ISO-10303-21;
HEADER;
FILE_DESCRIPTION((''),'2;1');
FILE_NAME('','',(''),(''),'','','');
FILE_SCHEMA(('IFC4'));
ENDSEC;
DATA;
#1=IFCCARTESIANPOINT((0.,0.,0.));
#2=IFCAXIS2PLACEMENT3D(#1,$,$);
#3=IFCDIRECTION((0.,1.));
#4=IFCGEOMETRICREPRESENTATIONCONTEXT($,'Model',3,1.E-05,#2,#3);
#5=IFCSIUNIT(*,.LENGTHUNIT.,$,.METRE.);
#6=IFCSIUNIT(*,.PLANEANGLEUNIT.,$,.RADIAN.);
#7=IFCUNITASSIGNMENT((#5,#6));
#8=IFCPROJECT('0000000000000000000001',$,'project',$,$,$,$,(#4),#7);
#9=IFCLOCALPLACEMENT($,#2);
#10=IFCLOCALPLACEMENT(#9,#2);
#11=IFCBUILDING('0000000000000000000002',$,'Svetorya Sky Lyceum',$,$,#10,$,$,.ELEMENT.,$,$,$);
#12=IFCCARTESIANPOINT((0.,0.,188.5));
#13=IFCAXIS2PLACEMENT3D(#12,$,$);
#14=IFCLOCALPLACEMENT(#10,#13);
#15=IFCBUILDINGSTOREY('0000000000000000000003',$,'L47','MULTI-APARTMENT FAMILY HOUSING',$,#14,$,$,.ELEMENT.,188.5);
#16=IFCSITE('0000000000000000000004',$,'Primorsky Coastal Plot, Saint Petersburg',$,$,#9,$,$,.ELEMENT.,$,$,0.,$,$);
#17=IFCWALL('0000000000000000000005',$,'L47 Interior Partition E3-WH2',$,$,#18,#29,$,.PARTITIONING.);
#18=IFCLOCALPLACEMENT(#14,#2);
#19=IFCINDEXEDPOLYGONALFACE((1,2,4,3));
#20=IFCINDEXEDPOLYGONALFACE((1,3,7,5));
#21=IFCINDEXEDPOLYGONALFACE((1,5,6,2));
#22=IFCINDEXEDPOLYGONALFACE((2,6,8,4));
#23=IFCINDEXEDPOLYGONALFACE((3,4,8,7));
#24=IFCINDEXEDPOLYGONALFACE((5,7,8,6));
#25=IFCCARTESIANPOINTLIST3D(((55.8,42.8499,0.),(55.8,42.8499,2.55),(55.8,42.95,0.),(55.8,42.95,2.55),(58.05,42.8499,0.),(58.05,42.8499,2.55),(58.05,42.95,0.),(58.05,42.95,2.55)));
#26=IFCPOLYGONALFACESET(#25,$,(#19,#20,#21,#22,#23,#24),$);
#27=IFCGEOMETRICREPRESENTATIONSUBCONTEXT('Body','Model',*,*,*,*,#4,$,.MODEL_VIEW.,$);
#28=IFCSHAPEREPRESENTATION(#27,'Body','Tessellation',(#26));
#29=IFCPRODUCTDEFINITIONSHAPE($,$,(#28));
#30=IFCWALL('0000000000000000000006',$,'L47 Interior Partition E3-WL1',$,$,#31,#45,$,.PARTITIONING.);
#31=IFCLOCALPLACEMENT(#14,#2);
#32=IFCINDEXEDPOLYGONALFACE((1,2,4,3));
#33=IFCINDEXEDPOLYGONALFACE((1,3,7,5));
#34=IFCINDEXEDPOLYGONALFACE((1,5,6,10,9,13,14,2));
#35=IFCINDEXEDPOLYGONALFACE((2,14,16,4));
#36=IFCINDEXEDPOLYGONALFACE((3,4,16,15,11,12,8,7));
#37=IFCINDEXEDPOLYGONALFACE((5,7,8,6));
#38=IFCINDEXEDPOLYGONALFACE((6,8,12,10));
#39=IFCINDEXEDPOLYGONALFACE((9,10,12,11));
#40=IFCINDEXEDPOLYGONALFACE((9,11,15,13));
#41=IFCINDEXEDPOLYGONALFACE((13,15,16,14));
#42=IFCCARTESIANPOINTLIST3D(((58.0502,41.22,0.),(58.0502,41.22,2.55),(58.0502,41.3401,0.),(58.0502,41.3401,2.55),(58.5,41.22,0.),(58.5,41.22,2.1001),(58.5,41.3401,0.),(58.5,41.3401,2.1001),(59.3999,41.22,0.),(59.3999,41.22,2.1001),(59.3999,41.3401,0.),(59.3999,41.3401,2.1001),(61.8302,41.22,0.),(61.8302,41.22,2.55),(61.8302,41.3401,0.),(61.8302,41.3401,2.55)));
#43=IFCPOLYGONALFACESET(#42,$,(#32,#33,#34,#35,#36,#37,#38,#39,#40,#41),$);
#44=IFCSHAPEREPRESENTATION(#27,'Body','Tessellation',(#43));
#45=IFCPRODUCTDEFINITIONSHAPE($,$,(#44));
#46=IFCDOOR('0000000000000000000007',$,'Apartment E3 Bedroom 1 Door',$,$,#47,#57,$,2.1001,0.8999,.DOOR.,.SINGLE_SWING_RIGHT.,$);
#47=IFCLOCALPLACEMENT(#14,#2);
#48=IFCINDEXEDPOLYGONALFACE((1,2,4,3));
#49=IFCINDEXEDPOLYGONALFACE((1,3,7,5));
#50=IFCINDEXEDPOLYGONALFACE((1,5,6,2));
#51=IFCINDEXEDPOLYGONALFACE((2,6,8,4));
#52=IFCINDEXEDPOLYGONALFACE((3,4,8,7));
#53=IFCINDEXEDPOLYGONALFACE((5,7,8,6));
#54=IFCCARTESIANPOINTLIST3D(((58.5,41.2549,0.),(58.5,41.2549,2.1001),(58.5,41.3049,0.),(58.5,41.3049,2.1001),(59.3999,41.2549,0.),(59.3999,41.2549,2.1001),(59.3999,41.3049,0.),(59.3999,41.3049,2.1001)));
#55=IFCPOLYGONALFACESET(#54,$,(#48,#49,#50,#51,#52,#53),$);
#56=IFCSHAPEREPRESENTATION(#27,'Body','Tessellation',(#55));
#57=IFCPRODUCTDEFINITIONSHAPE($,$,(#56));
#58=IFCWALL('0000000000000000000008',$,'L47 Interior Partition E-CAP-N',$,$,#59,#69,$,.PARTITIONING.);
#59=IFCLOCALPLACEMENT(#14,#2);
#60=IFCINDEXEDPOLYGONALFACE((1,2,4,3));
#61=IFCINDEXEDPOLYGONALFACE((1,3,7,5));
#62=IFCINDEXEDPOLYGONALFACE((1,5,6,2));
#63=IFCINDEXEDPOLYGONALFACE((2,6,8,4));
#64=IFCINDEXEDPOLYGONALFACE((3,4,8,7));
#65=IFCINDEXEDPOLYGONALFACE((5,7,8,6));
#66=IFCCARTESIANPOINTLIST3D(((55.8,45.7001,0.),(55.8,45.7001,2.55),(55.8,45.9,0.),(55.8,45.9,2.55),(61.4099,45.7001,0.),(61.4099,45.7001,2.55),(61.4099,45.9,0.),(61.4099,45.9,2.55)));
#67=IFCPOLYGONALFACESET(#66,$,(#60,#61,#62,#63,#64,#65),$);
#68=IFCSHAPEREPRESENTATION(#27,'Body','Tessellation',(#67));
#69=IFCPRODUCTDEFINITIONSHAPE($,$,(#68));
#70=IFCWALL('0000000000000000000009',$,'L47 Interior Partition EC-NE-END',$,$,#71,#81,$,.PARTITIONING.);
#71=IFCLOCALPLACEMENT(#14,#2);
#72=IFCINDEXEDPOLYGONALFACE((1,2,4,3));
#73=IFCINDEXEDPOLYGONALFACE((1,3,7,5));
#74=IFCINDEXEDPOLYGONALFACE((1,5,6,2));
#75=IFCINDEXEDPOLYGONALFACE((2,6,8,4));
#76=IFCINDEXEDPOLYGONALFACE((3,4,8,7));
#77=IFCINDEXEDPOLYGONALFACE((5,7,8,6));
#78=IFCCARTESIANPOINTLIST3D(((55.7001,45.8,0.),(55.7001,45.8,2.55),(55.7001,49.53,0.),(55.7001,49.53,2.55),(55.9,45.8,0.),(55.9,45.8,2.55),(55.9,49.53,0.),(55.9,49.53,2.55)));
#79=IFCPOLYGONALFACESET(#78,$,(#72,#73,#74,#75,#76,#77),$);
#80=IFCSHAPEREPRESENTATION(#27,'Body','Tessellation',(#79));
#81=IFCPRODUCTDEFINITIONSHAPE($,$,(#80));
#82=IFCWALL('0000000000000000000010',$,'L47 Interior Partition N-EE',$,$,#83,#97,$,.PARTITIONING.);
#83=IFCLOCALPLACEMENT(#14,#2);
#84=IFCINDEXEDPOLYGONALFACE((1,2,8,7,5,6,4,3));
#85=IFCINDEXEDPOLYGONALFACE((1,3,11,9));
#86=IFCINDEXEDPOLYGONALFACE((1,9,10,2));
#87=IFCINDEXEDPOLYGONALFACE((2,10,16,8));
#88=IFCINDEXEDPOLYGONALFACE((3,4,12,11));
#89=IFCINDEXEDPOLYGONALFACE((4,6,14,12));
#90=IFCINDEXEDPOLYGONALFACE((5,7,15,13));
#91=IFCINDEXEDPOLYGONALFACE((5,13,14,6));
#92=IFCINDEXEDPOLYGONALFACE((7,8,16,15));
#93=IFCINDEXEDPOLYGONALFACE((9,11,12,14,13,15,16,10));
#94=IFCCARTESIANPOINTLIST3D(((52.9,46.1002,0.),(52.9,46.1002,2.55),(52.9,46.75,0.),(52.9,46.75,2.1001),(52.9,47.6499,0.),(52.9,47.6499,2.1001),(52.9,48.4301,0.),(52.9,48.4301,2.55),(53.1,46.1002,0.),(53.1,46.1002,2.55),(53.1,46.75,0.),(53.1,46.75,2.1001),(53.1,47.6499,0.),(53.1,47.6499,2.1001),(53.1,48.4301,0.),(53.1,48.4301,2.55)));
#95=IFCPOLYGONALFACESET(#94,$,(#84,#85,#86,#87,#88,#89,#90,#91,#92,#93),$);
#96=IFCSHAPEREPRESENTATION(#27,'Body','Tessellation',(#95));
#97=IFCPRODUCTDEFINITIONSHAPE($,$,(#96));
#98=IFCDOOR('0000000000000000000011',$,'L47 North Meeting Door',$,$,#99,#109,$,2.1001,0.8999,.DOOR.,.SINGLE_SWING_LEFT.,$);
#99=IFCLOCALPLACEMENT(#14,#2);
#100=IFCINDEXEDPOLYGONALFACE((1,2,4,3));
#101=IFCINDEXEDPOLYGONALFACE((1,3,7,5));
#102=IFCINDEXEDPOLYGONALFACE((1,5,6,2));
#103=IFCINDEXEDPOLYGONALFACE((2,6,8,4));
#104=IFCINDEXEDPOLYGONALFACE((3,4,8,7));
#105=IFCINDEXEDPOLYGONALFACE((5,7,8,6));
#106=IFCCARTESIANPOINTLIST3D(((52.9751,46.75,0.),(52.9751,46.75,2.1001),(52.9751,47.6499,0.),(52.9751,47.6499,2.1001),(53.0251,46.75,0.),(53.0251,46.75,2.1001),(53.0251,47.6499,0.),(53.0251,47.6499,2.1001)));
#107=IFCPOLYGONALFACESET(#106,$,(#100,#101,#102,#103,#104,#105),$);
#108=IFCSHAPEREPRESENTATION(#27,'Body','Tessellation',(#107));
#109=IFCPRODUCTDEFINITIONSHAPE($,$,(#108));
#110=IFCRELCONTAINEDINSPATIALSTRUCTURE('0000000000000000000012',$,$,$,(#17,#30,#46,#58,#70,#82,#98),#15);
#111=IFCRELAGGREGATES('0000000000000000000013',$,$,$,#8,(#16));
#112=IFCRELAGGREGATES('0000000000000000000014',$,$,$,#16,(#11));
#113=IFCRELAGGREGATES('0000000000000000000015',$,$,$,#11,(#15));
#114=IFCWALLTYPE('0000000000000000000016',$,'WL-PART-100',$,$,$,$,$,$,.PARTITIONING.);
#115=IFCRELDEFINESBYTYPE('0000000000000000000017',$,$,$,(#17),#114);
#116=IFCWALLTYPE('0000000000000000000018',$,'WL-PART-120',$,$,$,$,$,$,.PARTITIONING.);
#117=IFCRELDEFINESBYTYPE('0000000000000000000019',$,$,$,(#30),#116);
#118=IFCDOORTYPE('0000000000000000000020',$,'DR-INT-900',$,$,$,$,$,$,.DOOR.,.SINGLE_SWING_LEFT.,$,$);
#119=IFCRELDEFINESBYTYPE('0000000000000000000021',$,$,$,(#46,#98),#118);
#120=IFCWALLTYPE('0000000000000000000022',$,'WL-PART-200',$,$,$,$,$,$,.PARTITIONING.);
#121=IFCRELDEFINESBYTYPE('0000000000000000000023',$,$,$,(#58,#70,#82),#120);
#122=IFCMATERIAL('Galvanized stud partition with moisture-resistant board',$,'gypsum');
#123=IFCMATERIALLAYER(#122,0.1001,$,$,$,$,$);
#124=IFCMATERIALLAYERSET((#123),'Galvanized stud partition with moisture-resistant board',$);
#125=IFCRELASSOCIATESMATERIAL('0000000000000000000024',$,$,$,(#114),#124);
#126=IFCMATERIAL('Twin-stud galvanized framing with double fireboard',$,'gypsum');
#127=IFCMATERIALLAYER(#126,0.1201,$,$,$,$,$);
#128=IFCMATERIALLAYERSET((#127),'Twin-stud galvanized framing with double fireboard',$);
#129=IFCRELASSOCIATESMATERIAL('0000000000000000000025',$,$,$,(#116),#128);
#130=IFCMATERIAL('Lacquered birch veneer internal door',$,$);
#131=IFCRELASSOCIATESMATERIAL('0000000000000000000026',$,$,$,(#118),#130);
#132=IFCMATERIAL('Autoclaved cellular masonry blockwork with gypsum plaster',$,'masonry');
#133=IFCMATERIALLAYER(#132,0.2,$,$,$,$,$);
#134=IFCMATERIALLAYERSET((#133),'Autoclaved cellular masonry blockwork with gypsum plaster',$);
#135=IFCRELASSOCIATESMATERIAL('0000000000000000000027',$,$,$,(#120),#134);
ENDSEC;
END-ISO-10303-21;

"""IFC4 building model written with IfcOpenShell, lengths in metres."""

from ifc_helpers import new_model, si_unit, direction, frame, frame_2d, origin, place, context, subcontext, project, spatial, rectangle, extrude, material, layer, layer_set, type_object, element, fill, save


model = new_model("IFC4")

# Units and contexts
model_context = context("Model", 3, precision=1e-05, world=origin(), true_north=direction((0.0, 1.0)))
body_context = subcontext(model_context, "Body", "Model", "MODEL_VIEW")
ifc_project = project(units=[si_unit("LENGTHUNIT", "METRE"), si_unit("PLANEANGLEUNIT", "RADIAN")], contexts=[model_context])

# Site, building, storey
site_placement = place(None, origin())
site = spatial("IfcSite", under=ifc_project, at=site_placement, Name="Primorsky Coastal Plot, Saint Petersburg", CompositionType="ELEMENT", RefElevation=0.0)
building_placement = place(site_placement, origin())
building = spatial("IfcBuilding", under=site, at=building_placement, Name="Svetorya Sky Lyceum", CompositionType="ELEMENT")
storey_placement = place(building_placement, frame((0.0, 0.0, 188.5)))
storey = spatial("IfcBuildingStorey", under=building, at=storey_placement, Name="L47", Description="MULTI-APARTMENT FAMILY HOUSING", CompositionType="ELEMENT", Elevation=188.5)

# Wall
ifc_material_1 = material(Name="Galvanized stud partition with moisture-resistant board", Category="gypsum")
ifc_layer_1 = layer(ifc_material_1, 0.1001)
ifc_layer_set_1 = layer_set([ifc_layer_1], Name="Galvanized stud partition with moisture-resistant board")
wall_type_1 = type_object("IfcWallType", Name="WL-PART-100", PredefinedType="PARTITIONING", material=ifc_layer_set_1)
wall_1_placement = place(storey_placement, frame((55.8, 42.8999, 0.0), z_axis=(0.0, 0.0, 1.0), x_axis=(1.0, 0.0, 0.0)))
element("IfcWall", 1, at=wall_1_placement, inside=storey, type_object=wall_type_1, Name="L47 Interior Partition E3-WH2", PredefinedType="PARTITIONING", context=body_context, shape_type="SweptSolid", body=[
    extrude(rectangle(XDim=2.25, YDim=0.1001, at=frame_2d((1.125, 0.0))), origin(), (0.0, 0.0, 1.0), 2.55),
])

# Wall, opening, door
ifc_material_2 = material(Name="Twin-stud galvanized framing with double fireboard", Category="gypsum")
ifc_layer_2 = layer(ifc_material_2, 0.1201)
ifc_layer_set_2 = layer_set([ifc_layer_2], Name="Twin-stud galvanized framing with double fireboard")
wall_type_2 = type_object("IfcWallType", Name="WL-PART-120", PredefinedType="PARTITIONING", material=ifc_layer_set_2)
wall_2_placement = place(storey_placement, frame((58.05, 41.28, 0.0), z_axis=(0.0, 0.0, 1.0), x_axis=(1.0, 0.0, 0.0)))
wall_2 = element("IfcWall", 2, at=wall_2_placement, inside=storey, type_object=wall_type_2, Name="L47 Interior Partition E3-WL1", PredefinedType="PARTITIONING", context=body_context, shape_type="SweptSolid", body=[
    extrude(rectangle(XDim=3.78, YDim=0.1201, at=frame_2d((1.8901, 0.0))), origin(), (0.0, 0.0, 1.0), 2.55),
])
opening_1_placement = place(wall_2_placement, frame((0.45, 0.0, 0.0)))
opening_1 = element("IfcOpeningElement", 3, at=opening_1_placement, cuts=wall_2, PredefinedType="OPENING", context=body_context, shape_type="SweptSolid", body=[
    extrude(rectangle(XDim=0.8999, YDim=2.1001, at=frame_2d((0.45, 1.05))), frame((0.0, 0.0701, 0.0), z_axis=(0.0, -1.0, 0.0), x_axis=(1.0, 0.0, 0.0)), (0.0, 0.0, 1.0), 0.1401),
])
ifc_material_3 = material(Name="Lacquered birch veneer internal door")
door_type = type_object("IfcDoorType", Name="DR-INT-900", OperationType="SINGLE_SWING_LEFT", PredefinedType="DOOR", material=ifc_material_3)
door_1_placement = place(opening_1_placement, origin())
door_1 = element("IfcDoor", 4, at=door_1_placement, inside=storey, type_object=door_type, Name="Apartment E3 Bedroom 1 Door", OperationType="SINGLE_SWING_RIGHT", OverallHeight=2.1001, OverallWidth=0.8999, PredefinedType="DOOR", context=body_context, shape_type="SweptSolid", body=[
    extrude(rectangle(XDim=0.8999, YDim=2.1001, at=frame_2d((0.45, 1.05))), frame((0.0, 0.0249, 0.0), z_axis=(0.0, -1.0, 0.0), x_axis=(1.0, 0.0, 0.0)), (0.0, 0.0, 1.0), 0.05),
])
fill(opening_1, door_1)

# Walls
ifc_material_4 = material(Name="Autoclaved cellular masonry blockwork with gypsum plaster", Category="masonry")
ifc_layer_3 = layer(ifc_material_4, 0.2)
ifc_layer_set_3 = layer_set([ifc_layer_3], Name="Autoclaved cellular masonry blockwork with gypsum plaster")
wall_type_3 = type_object("IfcWallType", Name="WL-PART-200", PredefinedType="PARTITIONING", material=ifc_layer_set_3)
wall_3_placement = place(storey_placement, frame((55.8, 45.8, 0.0), z_axis=(0.0, 0.0, 1.0), x_axis=(1.0, 0.0, 0.0)))
element("IfcWall", 5, at=wall_3_placement, inside=storey, type_object=wall_type_3, Name="L47 Interior Partition E-CAP-N", PredefinedType="PARTITIONING", context=body_context, shape_type="SweptSolid", body=[
    extrude(rectangle(XDim=5.6099, YDim=0.2, at=frame_2d((2.8049, 0.0))), origin(), (0.0, 0.0, 1.0), 2.55),
])
wall_4_placement = place(storey_placement, frame((55.8, 45.8, 0.0), z_axis=(0.0, 0.0, 1.0), x_axis=(0.0, 1.0, 0.0)))
element("IfcWall", 6, at=wall_4_placement, inside=storey, type_object=wall_type_3, Name="L47 Interior Partition EC-NE-END", PredefinedType="PARTITIONING", context=body_context, shape_type="SweptSolid", body=[
    extrude(rectangle(XDim=3.73, YDim=0.2, at=frame_2d((1.865, 0.0))), origin(), (0.0, 0.0, 1.0), 2.55),
])

# Wall, opening, door
wall_5_placement = place(storey_placement, frame((53.0, 46.1001, 0.0), z_axis=(0.0, 0.0, 1.0), x_axis=(0.0, 1.0, 0.0)))
wall_5 = element("IfcWall", 7, at=wall_5_placement, inside=storey, type_object=wall_type_3, Name="L47 Interior Partition N-EE", PredefinedType="PARTITIONING", context=body_context, shape_type="SweptSolid", body=[
    extrude(rectangle(XDim=2.3298, YDim=0.2, at=frame_2d((1.165, 0.0))), origin(), (0.0, 0.0, 1.0), 2.55),
])
opening_2_placement = place(wall_5_placement, frame((0.6499, 0.0, 0.0)))
opening_2 = element("IfcOpeningElement", 8, at=opening_2_placement, cuts=wall_5, PredefinedType="OPENING", context=body_context, shape_type="SweptSolid", body=[
    extrude(rectangle(XDim=0.8999, YDim=2.1001, at=frame_2d((0.45, 1.05))), frame((0.0, 0.1099, 0.0), z_axis=(0.0, -1.0, 0.0), x_axis=(1.0, 0.0, 0.0)), (0.0, 0.0, 1.0), 0.22),
])
door_2_placement = place(opening_2_placement, origin())
door_2 = element("IfcDoor", 9, at=door_2_placement, inside=storey, type_object=door_type, Name="L47 North Meeting Door", OperationType="SINGLE_SWING_LEFT", OverallHeight=2.1001, OverallWidth=0.8999, PredefinedType="DOOR", context=body_context, shape_type="SweptSolid", body=[
    extrude(rectangle(XDim=0.8999, YDim=2.1001, at=frame_2d((0.45, 1.05))), frame((0.0, 0.0249, 0.0), z_axis=(0.0, -1.0, 0.0), x_axis=(1.0, 0.0, 0.0)), (0.0, 0.0, 1.0), 0.05),
])
fill(opening_2, door_2)

save(model, "model.ifc")
